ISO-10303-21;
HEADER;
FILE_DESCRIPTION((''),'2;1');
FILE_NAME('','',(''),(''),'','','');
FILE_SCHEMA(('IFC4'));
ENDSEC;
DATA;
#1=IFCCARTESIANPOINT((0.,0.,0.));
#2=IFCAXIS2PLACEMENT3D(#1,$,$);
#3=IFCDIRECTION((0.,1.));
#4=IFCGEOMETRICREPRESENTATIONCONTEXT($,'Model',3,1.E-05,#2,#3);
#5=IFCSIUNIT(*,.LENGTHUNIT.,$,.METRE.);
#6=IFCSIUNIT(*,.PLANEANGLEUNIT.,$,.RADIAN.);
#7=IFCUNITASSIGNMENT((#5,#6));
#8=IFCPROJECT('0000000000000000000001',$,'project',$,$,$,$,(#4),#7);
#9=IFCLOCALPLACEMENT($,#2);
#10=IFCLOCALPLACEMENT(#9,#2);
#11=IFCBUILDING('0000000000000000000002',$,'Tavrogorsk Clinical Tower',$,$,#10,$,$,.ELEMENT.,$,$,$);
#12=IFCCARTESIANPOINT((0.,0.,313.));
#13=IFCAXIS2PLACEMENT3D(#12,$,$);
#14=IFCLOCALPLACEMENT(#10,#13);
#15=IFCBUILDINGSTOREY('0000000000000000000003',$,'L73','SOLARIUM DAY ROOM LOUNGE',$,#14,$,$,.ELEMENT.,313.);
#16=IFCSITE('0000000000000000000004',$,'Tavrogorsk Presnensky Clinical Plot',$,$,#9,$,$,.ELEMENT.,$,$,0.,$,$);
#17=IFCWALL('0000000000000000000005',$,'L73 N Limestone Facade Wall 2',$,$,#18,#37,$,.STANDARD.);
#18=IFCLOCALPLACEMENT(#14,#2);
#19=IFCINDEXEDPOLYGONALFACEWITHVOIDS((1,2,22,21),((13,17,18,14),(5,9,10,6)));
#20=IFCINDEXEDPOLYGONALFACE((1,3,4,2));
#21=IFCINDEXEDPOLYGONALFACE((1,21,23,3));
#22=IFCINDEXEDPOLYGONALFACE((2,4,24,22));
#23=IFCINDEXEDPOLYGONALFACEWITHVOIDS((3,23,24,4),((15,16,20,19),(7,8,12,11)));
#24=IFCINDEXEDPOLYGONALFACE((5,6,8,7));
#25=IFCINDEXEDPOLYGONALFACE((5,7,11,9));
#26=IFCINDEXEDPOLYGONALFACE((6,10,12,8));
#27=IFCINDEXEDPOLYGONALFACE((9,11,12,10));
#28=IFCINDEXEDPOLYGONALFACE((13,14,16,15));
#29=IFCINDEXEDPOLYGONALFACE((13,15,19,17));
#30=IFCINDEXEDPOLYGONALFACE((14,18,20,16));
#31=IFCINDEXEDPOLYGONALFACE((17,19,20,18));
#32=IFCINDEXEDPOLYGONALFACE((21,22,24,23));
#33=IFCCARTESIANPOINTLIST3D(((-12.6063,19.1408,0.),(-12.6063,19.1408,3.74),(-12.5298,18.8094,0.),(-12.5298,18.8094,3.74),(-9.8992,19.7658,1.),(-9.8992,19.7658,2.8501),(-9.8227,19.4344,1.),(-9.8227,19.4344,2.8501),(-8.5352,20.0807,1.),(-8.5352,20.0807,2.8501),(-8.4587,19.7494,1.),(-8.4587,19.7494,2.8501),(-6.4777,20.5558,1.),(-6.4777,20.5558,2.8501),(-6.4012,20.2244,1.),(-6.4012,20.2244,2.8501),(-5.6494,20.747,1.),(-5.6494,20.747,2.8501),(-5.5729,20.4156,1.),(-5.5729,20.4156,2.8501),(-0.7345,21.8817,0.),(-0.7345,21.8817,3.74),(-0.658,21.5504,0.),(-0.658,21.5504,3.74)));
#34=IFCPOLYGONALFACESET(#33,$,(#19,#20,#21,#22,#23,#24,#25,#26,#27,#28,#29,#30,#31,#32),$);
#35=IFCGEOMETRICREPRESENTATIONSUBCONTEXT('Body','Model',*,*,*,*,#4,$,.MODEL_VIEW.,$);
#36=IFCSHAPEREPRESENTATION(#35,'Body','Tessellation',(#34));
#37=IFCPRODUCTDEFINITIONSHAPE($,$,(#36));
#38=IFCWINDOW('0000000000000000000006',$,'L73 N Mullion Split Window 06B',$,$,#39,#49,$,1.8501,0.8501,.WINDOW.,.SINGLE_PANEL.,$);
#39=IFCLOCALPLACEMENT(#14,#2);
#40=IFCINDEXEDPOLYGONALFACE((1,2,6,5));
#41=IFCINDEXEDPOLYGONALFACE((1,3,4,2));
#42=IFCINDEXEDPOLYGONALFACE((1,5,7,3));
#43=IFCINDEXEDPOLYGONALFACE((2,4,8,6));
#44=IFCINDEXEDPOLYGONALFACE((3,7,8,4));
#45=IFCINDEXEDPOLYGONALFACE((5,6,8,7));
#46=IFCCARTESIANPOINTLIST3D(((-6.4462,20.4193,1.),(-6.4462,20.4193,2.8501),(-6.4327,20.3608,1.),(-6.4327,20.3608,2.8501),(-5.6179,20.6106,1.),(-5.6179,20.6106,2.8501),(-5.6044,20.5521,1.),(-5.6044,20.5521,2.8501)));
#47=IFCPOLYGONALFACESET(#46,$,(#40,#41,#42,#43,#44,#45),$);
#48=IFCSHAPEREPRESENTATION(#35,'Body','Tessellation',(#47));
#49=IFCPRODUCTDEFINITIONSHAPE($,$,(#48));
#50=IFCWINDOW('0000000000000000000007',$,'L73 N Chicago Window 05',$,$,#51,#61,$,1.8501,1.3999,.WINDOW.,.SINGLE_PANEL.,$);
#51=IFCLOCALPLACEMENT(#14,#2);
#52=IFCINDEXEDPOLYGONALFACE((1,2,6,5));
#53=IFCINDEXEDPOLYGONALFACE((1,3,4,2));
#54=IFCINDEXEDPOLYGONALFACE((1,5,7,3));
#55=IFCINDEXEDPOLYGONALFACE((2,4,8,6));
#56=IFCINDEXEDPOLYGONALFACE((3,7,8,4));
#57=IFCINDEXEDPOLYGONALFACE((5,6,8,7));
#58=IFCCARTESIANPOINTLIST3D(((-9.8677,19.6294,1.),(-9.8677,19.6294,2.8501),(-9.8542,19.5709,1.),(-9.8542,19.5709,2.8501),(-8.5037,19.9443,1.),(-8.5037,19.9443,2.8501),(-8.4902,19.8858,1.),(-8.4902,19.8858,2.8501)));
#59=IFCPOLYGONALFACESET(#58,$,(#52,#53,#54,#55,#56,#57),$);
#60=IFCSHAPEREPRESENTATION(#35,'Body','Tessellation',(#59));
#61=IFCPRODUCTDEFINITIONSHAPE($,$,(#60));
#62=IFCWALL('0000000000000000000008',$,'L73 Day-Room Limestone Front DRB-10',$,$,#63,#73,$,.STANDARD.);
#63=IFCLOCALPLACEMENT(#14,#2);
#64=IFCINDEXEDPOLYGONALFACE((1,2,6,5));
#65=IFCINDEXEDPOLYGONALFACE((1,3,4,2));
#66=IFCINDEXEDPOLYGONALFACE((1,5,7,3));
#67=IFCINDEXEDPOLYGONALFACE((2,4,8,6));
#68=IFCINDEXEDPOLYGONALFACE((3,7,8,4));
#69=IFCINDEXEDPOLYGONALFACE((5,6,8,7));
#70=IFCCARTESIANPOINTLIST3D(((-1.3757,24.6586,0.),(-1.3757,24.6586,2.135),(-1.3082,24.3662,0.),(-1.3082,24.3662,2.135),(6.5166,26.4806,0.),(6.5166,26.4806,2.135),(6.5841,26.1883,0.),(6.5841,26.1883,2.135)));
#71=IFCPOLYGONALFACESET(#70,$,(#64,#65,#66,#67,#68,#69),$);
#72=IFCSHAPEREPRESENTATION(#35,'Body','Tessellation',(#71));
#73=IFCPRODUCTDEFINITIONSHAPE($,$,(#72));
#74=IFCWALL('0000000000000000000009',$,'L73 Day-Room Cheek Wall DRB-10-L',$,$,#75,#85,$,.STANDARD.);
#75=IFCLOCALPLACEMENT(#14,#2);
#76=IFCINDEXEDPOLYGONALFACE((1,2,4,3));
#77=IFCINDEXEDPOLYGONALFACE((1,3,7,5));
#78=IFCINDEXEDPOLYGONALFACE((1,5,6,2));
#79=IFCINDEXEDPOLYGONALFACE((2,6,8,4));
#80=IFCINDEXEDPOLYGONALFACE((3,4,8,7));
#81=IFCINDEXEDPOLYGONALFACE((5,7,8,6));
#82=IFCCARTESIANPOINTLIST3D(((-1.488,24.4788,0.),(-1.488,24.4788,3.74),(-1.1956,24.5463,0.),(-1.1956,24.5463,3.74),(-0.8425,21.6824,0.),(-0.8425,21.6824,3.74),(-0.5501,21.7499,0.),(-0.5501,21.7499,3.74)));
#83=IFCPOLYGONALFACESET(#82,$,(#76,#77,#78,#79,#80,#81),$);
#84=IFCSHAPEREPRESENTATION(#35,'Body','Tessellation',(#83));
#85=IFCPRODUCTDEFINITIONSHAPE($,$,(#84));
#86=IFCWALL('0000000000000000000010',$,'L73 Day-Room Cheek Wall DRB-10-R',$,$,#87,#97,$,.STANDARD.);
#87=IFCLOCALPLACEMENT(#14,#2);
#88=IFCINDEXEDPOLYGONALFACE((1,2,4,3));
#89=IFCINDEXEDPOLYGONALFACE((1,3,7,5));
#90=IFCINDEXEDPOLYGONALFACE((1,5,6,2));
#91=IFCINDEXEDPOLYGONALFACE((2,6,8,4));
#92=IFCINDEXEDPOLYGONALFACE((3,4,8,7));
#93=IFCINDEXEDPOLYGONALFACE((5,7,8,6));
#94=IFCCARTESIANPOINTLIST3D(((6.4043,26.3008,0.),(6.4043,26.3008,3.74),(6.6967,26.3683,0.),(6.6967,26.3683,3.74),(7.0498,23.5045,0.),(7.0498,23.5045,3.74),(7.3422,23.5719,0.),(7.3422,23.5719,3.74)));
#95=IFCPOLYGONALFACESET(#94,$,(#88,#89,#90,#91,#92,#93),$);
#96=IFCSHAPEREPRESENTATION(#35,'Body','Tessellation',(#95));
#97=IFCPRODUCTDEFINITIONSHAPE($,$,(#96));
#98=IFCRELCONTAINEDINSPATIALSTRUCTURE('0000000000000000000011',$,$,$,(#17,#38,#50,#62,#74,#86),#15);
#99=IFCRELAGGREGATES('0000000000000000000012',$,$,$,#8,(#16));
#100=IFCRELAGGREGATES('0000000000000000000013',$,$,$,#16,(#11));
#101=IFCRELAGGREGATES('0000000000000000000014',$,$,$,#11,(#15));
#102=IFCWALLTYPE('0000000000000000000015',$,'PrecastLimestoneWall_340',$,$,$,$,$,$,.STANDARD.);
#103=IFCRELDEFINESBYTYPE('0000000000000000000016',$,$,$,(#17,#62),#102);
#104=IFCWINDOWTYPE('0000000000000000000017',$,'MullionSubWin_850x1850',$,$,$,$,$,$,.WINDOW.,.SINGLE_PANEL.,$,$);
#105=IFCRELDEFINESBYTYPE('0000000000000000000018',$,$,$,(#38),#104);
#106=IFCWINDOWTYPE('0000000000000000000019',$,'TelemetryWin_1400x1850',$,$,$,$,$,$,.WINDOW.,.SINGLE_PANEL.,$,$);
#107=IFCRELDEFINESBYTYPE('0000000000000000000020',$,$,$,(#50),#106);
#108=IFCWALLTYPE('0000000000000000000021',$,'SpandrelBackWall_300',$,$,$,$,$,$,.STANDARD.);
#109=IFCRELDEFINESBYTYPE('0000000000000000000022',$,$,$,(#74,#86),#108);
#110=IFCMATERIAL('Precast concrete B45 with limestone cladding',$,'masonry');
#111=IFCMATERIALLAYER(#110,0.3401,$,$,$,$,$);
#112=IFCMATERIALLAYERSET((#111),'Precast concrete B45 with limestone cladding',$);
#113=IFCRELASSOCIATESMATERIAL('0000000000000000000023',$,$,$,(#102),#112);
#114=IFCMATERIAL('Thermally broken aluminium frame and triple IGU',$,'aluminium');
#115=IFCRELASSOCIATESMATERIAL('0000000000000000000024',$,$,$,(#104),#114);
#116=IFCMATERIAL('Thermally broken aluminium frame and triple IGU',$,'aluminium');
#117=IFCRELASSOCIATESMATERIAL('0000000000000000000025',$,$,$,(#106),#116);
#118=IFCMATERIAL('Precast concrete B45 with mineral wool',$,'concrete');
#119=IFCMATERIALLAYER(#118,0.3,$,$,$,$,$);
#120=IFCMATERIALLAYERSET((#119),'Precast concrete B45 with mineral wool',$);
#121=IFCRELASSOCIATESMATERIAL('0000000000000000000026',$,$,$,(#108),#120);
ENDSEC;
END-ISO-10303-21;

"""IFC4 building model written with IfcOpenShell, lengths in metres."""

from ifc_helpers import new_model, si_unit, direction, frame, frame_2d, origin, place, context, subcontext, project, spatial, rectangle, extrude, material, layer, layer_set, type_object, element, fill, save


model = new_model("IFC4")

# Units and contexts
model_context = context("Model", 3, precision=1e-05, world=origin(), true_north=direction((0.0, 1.0)))
body_context = subcontext(model_context, "Body", "Model", "MODEL_VIEW")
ifc_project = project(units=[si_unit("LENGTHUNIT", "METRE"), si_unit("PLANEANGLEUNIT", "RADIAN")], contexts=[model_context])

# Site, building, storey
site_placement = place(None, origin())
site = spatial("IfcSite", under=ifc_project, at=site_placement, Name="Tavrogorsk Presnensky Clinical Plot", CompositionType="ELEMENT", RefElevation=0.0)
building_placement = place(site_placement, origin())
building = spatial("IfcBuilding", under=site, at=building_placement, Name="Tavrogorsk Clinical Tower", CompositionType="ELEMENT")
storey_placement = place(building_placement, frame((0.0, 0.0, 313.0)))
storey = spatial("IfcBuildingStorey", under=building, at=storey_placement, Name="L73", Description="SOLARIUM DAY ROOM LOUNGE", CompositionType="ELEMENT", Elevation=313.0)

# Wall, openings, windows
ifc_material_1 = material(Name="Precast concrete B45 with limestone cladding", Category="masonry")
ifc_layer_1 = layer(ifc_material_1, 0.3401)
ifc_layer_set_1 = layer_set([ifc_layer_1], Name="Precast concrete B45 with limestone cladding")
wall_type_1 = type_object("IfcWallType", Name="PrecastLimestoneWall_340", PredefinedType="STANDARD", material=ifc_layer_set_1)
wall_1_placement = place(storey_placement, frame((-0.6963, 21.7161, 0.0), z_axis=(0.0, 0.0, 1.0), x_axis=(-0.974368, -0.224962, 0.0)))
wall_1 = element("IfcWall", 1, at=wall_1_placement, inside=storey, type_object=wall_type_1, Name="L73 N Limestone Facade Wall 2", PredefinedType="STANDARD", context=body_context, shape_type="SweptSolid", body=[
    extrude(rectangle(XDim=12.1841, YDim=0.3401, at=frame_2d((6.092, 0.0))), origin(), (0.0, 0.0, 1.0), 3.74),
])
opening_1_placement = place(wall_1_placement, frame((8.0059, 0.0, 1.0)))
opening_1 = element("IfcOpeningElement", 2, at=opening_1_placement, cuts=wall_1, PredefinedType="OPENING", context=body_context, shape_type="SweptSolid", body=[
    extrude(rectangle(XDim=1.3999, YDim=1.8501, at=frame_2d((0.7, 0.925))), frame((0.0, 0.1799, 0.0), z_axis=(0.0, -1.0, 0.0), x_axis=(1.0, 0.0, 0.0)), (0.0, 0.0, 1.0), 0.3601),
])
opening_2_placement = place(wall_1_placement, frame((5.0442, 0.0, 1.0)))
opening_2 = element("IfcOpeningElement", 3, at=opening_2_placement, cuts=wall_1, PredefinedType="OPENING", context=body_context, shape_type="SweptSolid", body=[
    extrude(rectangle(XDim=0.8501, YDim=1.8501, at=frame_2d((0.425, 0.925))), frame((0.0, 0.1799, 0.0), z_axis=(0.0, -1.0, 0.0), x_axis=(1.0, 0.0, 0.0)), (0.0, 0.0, 1.0), 0.3601),
])
ifc_material_2 = material(Name="Thermally broken aluminium frame and triple IGU", Category="aluminium")
window_type_1 = type_object("IfcWindowType", Name="MullionSubWin_850x1850", PartitioningType="SINGLE_PANEL", PredefinedType="WINDOW", material=ifc_material_2)
window_1_placement = place(opening_2_placement, origin())
window_1 = element("IfcWindow", 4, at=window_1_placement, inside=storey, type_object=window_type_1, Name="L73 N Mullion Split Window 06B", OverallHeight=1.8501, OverallWidth=0.8501, PartitioningType="SINGLE_PANEL", PredefinedType="WINDOW", context=body_context, shape_type="SweptSolid", body=[
    extrude(rectangle(XDim=0.8501, YDim=1.8501, at=frame_2d((0.425, 0.925))), frame((0.0, 0.03, 0.0), z_axis=(0.0, -1.0, 0.0), x_axis=(1.0, 0.0, 0.0)), (0.0, 0.0, 1.0), 0.0601),
])
fill(opening_2, window_1)
ifc_material_3 = material(Name="Thermally broken aluminium frame and triple IGU", Category="aluminium")
window_type_2 = type_object("IfcWindowType", Name="TelemetryWin_1400x1850", PartitioningType="SINGLE_PANEL", PredefinedType="WINDOW", material=ifc_material_3)
window_2_placement = place(opening_1_placement, origin())
window_2 = element("IfcWindow", 5, at=window_2_placement, inside=storey, type_object=window_type_2, Name="L73 N Chicago Window 05", OverallHeight=1.8501, OverallWidth=1.3999, PartitioningType="SINGLE_PANEL", PredefinedType="WINDOW", context=body_context, shape_type="SweptSolid", body=[
    extrude(rectangle(XDim=1.3999, YDim=1.8501, at=frame_2d((0.7, 0.925))), frame((0.0, 0.03, 0.0), z_axis=(0.0, -1.0, 0.0), x_axis=(1.0, 0.0, 0.0)), (0.0, 0.0, 1.0), 0.0601),
])
fill(opening_1, window_2)

# Walls
wall_2_placement = place(storey_placement, frame((-1.3418, 24.5125, 0.0), z_axis=(0.0, 0.0, 1.0), x_axis=(0.974372, 0.224943, 0.0)))
element("IfcWall", 6, at=wall_2_placement, inside=storey, type_object=wall_type_1, Name="L73 Day-Room Limestone Front DRB-10", PredefinedType="STANDARD", context=body_context, shape_type="SweptSolid", body=[
    extrude(rectangle(XDim=8.0999, YDim=0.3, at=frame_2d((4.0498, 0.0))), origin(), (0.0, 0.0, 1.0), 2.135),
])
ifc_material_4 = material(Name="Precast concrete B45 with mineral wool", Category="concrete")
ifc_layer_2 = layer(ifc_material_4, 0.3)
ifc_layer_set_2 = layer_set([ifc_layer_2], Name="Precast concrete B45 with mineral wool")
wall_type_2 = type_object("IfcWallType", Name="SpandrelBackWall_300", PredefinedType="STANDARD", material=ifc_layer_set_2)
for number, where, z_axis, x_axis, name in (
    (7, (-0.6963, 21.7161, 0.0), (0.0, 0.0, 1.0), (-0.224922, 0.974377, 0.0), "L73 Day-Room Cheek Wall DRB-10-L"),
    (8, (7.196, 23.5381, 0.0), (0.0, 0.0, 1.0), (-0.224922, 0.974377, 0.0), "L73 Day-Room Cheek Wall DRB-10-R"),
):
    element("IfcWall", number, at=place(storey_placement, frame(where, z_axis=z_axis, x_axis=x_axis)), inside=storey, type_object=wall_type_2, Name=name, PredefinedType="STANDARD", context=body_context, shape_type="SweptSolid", body=[
        extrude(rectangle(XDim=2.8699, YDim=0.3, at=frame_2d((1.4351, 0.0))), origin(), (0.0, 0.0, 1.0), 3.74),
    ])

save(model, "model.ifc")
